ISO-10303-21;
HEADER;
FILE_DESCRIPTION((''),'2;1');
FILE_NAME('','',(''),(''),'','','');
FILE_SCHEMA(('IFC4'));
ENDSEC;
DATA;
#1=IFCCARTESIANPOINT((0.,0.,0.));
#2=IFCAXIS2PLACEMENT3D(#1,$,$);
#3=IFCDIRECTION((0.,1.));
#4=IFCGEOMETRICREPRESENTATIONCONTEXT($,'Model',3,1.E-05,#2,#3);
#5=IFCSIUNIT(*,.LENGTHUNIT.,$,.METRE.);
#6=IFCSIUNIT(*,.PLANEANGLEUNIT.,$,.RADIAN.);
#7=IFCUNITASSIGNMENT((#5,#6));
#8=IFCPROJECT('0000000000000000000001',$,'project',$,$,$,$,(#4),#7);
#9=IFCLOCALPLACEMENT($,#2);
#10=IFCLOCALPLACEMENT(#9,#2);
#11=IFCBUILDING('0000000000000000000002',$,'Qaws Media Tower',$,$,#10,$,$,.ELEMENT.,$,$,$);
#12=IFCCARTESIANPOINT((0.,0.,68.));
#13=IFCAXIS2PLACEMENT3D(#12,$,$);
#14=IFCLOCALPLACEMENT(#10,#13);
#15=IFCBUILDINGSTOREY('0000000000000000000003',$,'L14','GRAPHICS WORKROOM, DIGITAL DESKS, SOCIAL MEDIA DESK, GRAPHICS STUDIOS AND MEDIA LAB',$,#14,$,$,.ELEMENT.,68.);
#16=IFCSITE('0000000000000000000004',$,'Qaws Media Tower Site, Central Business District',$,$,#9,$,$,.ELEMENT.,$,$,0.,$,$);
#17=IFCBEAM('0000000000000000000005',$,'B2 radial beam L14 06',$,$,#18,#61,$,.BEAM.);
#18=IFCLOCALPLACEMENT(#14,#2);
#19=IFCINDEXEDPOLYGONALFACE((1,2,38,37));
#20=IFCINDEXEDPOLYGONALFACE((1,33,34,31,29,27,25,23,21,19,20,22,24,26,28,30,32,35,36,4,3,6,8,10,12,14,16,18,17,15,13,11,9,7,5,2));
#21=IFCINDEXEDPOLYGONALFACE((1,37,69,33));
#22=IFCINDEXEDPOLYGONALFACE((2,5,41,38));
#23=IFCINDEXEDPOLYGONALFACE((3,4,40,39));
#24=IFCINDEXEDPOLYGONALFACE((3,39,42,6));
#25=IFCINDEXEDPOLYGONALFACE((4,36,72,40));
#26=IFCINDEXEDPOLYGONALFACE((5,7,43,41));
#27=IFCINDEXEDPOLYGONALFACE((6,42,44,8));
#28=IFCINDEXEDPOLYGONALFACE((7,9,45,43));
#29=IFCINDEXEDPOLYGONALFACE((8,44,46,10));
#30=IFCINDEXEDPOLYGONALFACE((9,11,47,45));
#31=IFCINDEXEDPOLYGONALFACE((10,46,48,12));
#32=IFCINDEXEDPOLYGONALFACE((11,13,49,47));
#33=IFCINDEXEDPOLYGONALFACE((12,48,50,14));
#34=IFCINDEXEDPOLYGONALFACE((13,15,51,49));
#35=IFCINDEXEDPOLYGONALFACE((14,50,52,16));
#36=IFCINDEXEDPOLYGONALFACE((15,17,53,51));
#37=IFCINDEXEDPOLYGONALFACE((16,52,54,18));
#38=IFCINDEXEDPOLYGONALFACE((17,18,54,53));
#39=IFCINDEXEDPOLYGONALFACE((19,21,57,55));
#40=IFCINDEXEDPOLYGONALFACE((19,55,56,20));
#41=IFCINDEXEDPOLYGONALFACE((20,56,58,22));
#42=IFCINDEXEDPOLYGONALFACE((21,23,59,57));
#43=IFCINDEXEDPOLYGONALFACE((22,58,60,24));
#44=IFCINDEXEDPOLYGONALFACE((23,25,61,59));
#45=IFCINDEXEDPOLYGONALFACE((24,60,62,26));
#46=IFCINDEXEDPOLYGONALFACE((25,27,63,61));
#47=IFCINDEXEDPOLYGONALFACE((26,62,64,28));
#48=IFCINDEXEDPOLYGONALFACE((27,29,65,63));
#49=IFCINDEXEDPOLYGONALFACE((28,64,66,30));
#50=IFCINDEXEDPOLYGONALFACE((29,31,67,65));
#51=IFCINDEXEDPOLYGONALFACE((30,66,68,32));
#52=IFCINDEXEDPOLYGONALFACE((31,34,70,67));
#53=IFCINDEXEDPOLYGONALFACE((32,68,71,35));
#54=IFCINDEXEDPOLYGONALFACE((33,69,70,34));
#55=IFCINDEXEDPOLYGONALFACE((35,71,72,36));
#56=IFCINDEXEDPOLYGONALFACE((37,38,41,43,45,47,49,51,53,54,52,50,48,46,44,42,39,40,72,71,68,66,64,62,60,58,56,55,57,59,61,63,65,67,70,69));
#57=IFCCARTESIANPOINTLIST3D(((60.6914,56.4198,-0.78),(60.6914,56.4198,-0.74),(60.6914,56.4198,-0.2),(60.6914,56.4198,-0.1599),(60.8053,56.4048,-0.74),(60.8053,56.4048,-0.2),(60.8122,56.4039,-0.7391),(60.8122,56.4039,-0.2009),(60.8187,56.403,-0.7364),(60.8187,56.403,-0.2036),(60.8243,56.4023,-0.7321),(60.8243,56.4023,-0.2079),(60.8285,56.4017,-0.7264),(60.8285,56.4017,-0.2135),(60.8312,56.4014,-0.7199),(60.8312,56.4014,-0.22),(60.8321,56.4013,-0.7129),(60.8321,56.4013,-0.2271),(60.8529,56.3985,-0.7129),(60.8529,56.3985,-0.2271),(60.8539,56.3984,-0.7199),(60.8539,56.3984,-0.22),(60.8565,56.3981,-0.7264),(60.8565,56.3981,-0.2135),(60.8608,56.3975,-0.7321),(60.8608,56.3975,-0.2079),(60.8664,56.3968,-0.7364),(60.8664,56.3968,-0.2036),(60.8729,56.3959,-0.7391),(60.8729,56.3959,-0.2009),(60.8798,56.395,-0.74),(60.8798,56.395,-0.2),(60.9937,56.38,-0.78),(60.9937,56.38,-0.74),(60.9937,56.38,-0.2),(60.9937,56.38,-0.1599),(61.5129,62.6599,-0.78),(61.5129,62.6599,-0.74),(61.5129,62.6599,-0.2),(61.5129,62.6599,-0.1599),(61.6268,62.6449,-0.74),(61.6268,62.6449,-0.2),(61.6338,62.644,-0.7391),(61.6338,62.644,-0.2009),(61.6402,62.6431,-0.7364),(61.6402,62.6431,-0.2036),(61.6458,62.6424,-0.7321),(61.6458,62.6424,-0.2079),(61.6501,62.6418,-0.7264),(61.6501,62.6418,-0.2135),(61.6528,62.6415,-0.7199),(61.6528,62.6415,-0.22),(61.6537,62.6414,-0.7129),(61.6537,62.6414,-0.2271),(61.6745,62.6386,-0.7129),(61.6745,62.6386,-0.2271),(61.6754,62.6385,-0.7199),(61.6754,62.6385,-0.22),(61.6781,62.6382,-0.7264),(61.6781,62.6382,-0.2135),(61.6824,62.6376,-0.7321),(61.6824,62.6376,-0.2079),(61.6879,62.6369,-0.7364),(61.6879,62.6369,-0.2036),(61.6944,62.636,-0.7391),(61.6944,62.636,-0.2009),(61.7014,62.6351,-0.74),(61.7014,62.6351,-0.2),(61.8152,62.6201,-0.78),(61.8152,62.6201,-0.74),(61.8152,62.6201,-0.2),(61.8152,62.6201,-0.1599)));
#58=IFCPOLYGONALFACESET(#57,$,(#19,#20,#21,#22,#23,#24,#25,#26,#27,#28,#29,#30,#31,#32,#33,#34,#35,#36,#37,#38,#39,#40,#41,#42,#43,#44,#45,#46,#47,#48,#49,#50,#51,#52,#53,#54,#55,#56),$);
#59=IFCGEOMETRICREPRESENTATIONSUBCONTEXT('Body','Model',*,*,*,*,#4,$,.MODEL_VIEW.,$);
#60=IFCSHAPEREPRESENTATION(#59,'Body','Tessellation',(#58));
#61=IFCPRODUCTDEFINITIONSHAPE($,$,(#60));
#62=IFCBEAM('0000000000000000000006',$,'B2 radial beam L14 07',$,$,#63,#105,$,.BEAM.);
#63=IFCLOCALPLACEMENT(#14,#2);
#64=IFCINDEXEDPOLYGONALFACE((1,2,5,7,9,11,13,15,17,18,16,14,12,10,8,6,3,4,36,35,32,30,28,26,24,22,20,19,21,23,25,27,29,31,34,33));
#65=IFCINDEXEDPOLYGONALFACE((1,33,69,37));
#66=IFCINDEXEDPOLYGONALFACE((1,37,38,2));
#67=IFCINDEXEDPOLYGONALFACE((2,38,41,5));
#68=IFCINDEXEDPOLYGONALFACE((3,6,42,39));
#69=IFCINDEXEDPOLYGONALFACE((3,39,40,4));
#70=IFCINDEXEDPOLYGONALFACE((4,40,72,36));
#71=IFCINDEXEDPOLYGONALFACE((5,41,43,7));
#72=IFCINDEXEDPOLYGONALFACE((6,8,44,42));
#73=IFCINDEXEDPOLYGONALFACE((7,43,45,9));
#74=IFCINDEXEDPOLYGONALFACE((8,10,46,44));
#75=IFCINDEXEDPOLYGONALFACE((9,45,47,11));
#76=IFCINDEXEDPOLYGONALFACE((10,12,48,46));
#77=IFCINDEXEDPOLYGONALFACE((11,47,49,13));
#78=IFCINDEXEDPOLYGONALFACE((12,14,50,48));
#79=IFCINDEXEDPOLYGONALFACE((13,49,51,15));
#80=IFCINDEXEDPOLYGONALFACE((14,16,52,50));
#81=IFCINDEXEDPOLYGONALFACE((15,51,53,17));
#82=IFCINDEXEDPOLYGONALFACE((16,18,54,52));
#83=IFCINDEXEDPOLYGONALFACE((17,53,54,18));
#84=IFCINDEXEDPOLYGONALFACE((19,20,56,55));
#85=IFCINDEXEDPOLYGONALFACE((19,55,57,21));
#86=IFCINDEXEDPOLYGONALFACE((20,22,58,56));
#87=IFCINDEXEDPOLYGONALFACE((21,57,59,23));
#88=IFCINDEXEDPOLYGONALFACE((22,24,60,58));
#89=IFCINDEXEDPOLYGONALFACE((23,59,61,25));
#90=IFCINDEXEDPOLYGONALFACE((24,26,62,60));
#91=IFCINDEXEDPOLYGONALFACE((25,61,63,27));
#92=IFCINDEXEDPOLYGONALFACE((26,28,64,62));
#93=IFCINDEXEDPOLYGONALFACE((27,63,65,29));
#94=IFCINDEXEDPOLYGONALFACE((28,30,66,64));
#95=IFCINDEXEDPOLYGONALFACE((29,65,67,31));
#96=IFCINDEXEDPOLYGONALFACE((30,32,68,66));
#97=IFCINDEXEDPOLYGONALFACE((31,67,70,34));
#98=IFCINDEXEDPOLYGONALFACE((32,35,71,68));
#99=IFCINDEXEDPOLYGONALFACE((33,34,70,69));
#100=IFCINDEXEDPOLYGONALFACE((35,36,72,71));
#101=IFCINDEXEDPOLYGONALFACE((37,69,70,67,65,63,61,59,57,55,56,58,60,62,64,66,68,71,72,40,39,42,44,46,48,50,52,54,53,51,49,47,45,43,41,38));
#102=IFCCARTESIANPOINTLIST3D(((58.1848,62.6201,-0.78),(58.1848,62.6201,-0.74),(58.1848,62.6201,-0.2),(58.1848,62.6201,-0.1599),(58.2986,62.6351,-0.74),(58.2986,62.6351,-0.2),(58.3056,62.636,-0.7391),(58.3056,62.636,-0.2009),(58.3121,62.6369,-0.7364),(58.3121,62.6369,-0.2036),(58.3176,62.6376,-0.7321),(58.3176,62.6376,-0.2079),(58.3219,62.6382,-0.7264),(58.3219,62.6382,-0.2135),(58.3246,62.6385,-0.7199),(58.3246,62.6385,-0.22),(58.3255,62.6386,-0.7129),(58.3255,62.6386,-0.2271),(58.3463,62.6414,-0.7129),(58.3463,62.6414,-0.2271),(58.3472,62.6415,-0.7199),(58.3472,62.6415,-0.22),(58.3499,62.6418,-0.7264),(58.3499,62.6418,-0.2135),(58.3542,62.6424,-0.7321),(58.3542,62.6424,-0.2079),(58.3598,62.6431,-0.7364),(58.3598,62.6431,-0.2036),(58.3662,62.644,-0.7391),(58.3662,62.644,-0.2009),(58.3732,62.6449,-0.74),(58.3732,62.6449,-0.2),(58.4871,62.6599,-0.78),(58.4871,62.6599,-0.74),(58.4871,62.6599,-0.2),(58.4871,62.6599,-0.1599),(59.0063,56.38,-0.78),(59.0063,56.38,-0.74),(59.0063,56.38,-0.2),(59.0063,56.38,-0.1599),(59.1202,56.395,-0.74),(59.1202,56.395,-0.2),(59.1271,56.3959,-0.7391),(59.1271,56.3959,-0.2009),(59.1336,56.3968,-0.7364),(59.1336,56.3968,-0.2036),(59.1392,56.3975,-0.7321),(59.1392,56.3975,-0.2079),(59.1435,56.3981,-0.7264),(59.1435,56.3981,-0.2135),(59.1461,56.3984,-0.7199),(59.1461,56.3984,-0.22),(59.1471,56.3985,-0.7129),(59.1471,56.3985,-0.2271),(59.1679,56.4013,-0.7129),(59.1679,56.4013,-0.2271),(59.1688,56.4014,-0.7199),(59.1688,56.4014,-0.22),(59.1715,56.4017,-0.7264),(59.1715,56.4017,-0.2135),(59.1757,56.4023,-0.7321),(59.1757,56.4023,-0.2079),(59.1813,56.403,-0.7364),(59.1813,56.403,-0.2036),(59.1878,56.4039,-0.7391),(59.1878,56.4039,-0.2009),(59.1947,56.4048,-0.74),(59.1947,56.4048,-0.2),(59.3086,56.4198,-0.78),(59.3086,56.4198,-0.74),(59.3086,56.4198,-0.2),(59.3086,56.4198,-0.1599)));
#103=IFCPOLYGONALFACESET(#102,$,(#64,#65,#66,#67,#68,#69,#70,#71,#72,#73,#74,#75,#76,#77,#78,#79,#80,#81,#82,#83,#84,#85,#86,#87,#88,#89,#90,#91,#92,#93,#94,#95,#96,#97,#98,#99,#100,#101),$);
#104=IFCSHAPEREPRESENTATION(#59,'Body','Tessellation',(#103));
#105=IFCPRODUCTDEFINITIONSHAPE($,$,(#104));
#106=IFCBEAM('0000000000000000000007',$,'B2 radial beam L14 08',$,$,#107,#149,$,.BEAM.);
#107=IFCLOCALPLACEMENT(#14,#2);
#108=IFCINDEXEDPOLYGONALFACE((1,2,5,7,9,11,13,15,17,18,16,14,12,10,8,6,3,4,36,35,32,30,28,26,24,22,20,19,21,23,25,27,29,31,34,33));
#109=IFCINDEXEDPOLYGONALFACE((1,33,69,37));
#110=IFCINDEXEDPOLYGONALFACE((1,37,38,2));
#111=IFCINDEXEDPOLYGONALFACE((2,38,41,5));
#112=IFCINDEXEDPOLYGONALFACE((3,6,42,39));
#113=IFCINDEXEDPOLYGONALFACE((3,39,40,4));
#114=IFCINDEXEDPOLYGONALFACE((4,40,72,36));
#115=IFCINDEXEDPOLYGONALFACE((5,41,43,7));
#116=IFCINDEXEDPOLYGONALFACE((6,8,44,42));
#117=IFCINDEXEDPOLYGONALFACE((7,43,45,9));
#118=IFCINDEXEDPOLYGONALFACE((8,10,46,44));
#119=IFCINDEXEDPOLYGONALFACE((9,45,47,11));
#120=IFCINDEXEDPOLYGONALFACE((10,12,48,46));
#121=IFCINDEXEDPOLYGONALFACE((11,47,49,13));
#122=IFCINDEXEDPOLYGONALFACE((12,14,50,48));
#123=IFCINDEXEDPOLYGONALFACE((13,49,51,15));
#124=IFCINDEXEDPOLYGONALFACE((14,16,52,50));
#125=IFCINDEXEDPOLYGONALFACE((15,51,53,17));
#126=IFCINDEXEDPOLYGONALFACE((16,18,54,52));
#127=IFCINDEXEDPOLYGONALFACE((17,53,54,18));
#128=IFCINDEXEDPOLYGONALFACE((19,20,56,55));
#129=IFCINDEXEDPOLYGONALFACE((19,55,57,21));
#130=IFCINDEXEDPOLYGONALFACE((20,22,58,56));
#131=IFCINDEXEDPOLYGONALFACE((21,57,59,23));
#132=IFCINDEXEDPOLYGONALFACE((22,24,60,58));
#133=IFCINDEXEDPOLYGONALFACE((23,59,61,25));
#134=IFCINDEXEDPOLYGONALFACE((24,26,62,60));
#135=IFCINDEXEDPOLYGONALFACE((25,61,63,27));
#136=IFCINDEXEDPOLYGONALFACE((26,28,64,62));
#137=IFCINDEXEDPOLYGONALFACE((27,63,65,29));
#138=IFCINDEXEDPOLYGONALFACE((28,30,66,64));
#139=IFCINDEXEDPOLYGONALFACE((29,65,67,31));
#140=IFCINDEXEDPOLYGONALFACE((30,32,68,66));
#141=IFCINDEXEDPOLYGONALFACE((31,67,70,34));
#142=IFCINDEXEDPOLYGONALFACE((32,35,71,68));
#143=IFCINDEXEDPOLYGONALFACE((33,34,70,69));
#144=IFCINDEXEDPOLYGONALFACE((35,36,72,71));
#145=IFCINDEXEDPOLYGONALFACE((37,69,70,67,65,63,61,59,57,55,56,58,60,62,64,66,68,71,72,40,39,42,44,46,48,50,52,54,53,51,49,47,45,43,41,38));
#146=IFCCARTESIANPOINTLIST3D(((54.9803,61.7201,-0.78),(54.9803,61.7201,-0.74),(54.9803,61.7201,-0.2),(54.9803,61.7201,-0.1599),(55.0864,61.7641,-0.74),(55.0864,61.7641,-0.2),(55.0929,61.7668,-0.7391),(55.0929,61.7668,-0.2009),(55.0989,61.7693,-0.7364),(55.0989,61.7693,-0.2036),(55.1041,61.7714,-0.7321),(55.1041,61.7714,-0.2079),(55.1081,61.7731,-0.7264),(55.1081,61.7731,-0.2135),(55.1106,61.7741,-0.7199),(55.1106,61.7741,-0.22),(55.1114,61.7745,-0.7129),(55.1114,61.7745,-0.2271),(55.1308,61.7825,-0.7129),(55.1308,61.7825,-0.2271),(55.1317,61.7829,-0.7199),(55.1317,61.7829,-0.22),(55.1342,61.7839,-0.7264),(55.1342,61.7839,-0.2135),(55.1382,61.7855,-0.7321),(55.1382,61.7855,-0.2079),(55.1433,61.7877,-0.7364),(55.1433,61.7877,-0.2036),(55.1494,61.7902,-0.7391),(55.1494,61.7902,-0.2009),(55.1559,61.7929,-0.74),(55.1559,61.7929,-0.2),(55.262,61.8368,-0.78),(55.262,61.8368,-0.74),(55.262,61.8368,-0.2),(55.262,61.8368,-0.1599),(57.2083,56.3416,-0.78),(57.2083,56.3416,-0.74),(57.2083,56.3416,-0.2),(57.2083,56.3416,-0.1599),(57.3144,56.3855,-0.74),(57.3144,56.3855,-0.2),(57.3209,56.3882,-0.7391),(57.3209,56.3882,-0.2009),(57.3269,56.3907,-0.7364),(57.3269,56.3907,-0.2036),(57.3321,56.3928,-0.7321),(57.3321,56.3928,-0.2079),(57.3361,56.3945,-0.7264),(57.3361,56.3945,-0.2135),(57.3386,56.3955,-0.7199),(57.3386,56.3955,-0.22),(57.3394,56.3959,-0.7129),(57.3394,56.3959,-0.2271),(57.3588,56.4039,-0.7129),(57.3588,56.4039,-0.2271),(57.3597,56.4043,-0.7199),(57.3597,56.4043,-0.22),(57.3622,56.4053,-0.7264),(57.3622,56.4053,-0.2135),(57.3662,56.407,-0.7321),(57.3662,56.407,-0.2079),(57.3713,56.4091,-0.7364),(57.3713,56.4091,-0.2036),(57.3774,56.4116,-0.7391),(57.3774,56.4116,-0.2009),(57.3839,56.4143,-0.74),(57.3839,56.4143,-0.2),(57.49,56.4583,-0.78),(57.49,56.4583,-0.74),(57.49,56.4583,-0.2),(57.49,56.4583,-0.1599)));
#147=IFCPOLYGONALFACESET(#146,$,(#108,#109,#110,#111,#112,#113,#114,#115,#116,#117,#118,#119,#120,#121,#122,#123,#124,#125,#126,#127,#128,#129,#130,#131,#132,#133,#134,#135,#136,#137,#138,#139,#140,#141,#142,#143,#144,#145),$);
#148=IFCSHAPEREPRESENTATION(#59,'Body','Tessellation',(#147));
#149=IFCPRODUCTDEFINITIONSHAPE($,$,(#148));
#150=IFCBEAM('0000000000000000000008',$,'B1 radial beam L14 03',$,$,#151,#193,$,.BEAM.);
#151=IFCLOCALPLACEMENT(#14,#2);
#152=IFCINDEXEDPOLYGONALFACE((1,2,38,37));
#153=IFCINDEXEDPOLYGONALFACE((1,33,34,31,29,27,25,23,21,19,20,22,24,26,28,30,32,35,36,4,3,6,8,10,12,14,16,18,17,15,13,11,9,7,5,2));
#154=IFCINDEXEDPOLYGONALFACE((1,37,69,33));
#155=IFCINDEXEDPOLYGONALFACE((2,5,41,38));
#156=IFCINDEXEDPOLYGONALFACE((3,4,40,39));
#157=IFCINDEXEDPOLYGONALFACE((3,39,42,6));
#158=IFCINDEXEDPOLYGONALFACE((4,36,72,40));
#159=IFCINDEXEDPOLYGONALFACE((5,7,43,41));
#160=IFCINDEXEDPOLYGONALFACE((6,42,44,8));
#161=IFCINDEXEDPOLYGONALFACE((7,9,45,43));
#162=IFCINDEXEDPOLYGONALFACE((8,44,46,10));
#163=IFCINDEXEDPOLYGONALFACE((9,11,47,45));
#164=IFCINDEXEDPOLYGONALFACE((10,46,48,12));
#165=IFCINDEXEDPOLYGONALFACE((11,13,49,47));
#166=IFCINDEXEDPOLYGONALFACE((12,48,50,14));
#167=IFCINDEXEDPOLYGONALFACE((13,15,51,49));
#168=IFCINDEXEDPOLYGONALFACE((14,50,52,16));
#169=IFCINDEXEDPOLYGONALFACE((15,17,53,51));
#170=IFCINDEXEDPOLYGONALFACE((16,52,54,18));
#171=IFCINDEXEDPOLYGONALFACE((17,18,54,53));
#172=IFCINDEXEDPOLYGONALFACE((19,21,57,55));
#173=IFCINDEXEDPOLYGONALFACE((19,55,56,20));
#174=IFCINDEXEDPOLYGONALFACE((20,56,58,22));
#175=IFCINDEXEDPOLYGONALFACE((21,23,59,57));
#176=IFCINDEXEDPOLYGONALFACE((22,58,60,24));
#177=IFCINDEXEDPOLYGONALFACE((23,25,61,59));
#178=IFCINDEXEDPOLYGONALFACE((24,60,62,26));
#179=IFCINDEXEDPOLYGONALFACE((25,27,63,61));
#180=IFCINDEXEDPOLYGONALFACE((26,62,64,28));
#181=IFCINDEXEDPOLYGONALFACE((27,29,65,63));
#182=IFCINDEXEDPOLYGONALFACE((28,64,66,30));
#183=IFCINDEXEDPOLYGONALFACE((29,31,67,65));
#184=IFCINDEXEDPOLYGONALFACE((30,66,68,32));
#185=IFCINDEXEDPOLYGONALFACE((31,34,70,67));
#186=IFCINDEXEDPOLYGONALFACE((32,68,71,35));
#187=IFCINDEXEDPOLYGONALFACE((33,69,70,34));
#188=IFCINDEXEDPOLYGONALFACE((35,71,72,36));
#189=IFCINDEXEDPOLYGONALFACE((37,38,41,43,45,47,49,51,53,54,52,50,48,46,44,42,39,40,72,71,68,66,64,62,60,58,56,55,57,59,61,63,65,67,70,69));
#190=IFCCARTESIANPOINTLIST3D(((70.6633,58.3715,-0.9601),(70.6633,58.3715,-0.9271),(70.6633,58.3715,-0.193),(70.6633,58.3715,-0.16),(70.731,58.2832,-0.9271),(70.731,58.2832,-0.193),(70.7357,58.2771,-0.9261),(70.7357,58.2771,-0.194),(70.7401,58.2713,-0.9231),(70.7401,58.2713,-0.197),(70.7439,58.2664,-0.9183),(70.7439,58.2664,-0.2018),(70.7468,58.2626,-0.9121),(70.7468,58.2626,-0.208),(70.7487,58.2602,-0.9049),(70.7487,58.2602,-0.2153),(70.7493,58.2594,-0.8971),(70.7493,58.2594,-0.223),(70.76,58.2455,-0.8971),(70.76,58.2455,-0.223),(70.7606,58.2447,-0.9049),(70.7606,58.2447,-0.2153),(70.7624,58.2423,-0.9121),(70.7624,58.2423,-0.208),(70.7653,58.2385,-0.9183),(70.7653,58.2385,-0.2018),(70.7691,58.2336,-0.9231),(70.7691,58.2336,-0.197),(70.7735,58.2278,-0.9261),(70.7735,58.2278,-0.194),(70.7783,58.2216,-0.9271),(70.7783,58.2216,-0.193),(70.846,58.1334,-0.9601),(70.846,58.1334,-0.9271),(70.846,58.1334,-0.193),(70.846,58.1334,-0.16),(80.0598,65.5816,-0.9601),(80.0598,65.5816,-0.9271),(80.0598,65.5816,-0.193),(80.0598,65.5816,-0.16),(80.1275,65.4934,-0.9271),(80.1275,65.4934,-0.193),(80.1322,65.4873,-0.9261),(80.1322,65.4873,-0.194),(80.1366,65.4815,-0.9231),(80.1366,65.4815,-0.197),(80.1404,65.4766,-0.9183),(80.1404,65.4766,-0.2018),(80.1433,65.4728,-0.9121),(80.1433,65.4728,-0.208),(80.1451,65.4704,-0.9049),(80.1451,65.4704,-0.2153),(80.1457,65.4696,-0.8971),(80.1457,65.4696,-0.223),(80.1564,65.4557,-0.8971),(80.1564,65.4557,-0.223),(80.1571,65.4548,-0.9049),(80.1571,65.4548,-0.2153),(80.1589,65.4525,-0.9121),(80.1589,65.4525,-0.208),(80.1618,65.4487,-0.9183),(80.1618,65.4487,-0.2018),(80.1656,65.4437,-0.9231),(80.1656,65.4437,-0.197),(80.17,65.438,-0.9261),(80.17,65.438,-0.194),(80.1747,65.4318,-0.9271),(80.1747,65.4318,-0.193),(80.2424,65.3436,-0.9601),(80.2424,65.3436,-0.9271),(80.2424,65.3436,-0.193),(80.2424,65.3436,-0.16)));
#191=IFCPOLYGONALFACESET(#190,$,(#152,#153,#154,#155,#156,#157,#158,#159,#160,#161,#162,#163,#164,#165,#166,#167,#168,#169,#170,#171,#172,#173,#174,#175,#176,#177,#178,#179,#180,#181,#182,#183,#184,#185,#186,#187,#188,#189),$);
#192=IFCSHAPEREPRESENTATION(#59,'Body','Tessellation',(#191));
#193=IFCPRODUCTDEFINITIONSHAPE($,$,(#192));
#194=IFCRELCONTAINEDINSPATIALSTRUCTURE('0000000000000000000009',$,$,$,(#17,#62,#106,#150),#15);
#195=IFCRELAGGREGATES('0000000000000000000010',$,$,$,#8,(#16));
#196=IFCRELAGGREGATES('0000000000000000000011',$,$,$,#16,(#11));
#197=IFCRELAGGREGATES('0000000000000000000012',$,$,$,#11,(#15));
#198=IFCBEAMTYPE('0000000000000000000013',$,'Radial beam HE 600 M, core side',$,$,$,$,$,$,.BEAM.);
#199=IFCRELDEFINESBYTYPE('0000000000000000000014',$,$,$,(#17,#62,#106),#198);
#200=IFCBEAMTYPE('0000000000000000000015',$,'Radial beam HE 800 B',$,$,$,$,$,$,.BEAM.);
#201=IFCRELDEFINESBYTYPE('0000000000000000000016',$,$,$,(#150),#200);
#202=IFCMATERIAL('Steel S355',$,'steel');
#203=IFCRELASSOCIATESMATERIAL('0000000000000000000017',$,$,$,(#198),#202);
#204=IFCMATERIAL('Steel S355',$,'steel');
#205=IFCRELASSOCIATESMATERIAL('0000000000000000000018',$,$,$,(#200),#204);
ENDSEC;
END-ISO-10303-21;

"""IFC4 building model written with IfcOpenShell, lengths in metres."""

from ifc_helpers import new_model, si_unit, direction, frame, origin, origin_2d, place, context, subcontext, project, spatial, i_section, extrude, material, material_profile, profile_set, type_object, element, save


model = new_model("IFC4")

# Units and contexts
model_context = context("Model", 3, precision=1e-05, world=origin(), true_north=direction((0.0, 1.0)))
body_context = subcontext(model_context, "Body", "Model", "MODEL_VIEW")
ifc_project = project(units=[si_unit("LENGTHUNIT", "METRE"), si_unit("PLANEANGLEUNIT", "RADIAN")], contexts=[model_context])

# Site, building, storey
site_placement = place(None, origin())
site = spatial("IfcSite", under=ifc_project, at=site_placement, Name="Qaws Media Tower Site, Central Business District", CompositionType="ELEMENT", RefElevation=0.0)
building_placement = place(site_placement, origin())
building = spatial("IfcBuilding", under=site, at=building_placement, Name="Qaws Media Tower", CompositionType="ELEMENT")
storey_placement = place(building_placement, frame((0.0, 0.0, 68.0)))
storey = spatial("IfcBuildingStorey", under=building, at=storey_placement, Name="L14", Description="GRAPHICS WORKROOM, DIGITAL DESKS, SOCIAL MEDIA DESK, GRAPHICS STUDIOS AND MEDIA LAB", CompositionType="ELEMENT", Elevation=68.0)

# Beams
ifc_material_1 = material(Name="Steel S355", Category="steel")
ifc_material_profile_1 = material_profile(ifc_material_1, i_section(OverallWidth=0.3049, OverallDepth=0.6201, WebThickness=0.021, FlangeThickness=0.04, FilletRadius=0.0271, at=origin_2d()), Name="HE 600 M")
ifc_profile_set_1 = profile_set([ifc_material_profile_1], Name="Steel S355")
beam_type_1 = type_object("IfcBeamType", Name="Radial beam HE 600 M, core side", PredefinedType="BEAM", material=ifc_profile_set_1)
for number, where, z_axis, x_axis, name in (
    (1, (60.8425, 56.3999, -0.47), (0.13053, 0.991444, 0.0), (-0.991444, 0.13053, 0.0), "B2 radial beam L14 06"),
    (2, (59.1575, 56.3999, -0.47), (-0.13053, 0.991444, 0.0), (-0.991444, -0.13053, 0.0), "B2 radial beam L14 07"),
):
    element("IfcBeam", number, at=place(storey_placement, frame(where, z_axis=z_axis, x_axis=x_axis)), inside=storey, type_object=beam_type_1, Name=name, PredefinedType="BEAM", context=body_context, shape_type="SweptSolid", body=[
        extrude(i_section(OverallWidth=0.3049, OverallDepth=0.6201, WebThickness=0.021, FlangeThickness=0.04, FilletRadius=0.0271, at=origin_2d()), origin(), (0.0, 0.0, 1.0), 6.2939),
    ])
beam_1_placement = place(storey_placement, frame((57.3491, 56.3999, -0.47), z_axis=(-0.3827, 0.923873, 0.0), x_axis=(-0.923873, -0.3827, 0.0)))
element("IfcBeam", 3, at=beam_1_placement, inside=storey, type_object=beam_type_1, Name="B2 radial beam L14 08", PredefinedType="BEAM", context=body_context, shape_type="SweptSolid", body=[
    extrude(i_section(OverallWidth=0.3049, OverallDepth=0.6201, WebThickness=0.021, FlangeThickness=0.04, FilletRadius=0.0271, at=origin_2d()), origin(), (0.0, 0.0, 1.0), 5.8218),
])
ifc_material_2 = material(Name="Steel S355", Category="steel")
ifc_material_profile_2 = material_profile(ifc_material_2, i_section(OverallWidth=0.3, OverallDepth=0.8, WebThickness=0.0176, FlangeThickness=0.033, FilletRadius=0.03, at=origin_2d()), Name="HE 800 B")
ifc_profile_set_2 = profile_set([ifc_material_profile_2], Name="Steel S355")
beam_type_2 = type_object("IfcBeamType", Name="Radial beam HE 800 B", PredefinedType="BEAM", material=ifc_profile_set_2)
for number, where, z_axis, x_axis, name in (
    (4, (70.7546, 58.2524, -0.5601), (0.793352, 0.608763, 0.0), (-0.608763, 0.793352, 0.0), "B1 radial beam L14 03"),
):
    element("IfcBeam", number, at=place(storey_placement, frame(where, z_axis=z_axis, x_axis=x_axis)), inside=storey, type_object=beam_type_2, Name=name, PredefinedType="BEAM", context=body_context, shape_type="SweptSolid", body=[
        extrude(i_section(OverallWidth=0.3, OverallDepth=0.8, WebThickness=0.0176, FlangeThickness=0.033, FilletRadius=0.03, at=origin_2d()), origin(), (0.0, 0.0, 1.0), 11.844),
    ])

save(model, "model.ifc")
